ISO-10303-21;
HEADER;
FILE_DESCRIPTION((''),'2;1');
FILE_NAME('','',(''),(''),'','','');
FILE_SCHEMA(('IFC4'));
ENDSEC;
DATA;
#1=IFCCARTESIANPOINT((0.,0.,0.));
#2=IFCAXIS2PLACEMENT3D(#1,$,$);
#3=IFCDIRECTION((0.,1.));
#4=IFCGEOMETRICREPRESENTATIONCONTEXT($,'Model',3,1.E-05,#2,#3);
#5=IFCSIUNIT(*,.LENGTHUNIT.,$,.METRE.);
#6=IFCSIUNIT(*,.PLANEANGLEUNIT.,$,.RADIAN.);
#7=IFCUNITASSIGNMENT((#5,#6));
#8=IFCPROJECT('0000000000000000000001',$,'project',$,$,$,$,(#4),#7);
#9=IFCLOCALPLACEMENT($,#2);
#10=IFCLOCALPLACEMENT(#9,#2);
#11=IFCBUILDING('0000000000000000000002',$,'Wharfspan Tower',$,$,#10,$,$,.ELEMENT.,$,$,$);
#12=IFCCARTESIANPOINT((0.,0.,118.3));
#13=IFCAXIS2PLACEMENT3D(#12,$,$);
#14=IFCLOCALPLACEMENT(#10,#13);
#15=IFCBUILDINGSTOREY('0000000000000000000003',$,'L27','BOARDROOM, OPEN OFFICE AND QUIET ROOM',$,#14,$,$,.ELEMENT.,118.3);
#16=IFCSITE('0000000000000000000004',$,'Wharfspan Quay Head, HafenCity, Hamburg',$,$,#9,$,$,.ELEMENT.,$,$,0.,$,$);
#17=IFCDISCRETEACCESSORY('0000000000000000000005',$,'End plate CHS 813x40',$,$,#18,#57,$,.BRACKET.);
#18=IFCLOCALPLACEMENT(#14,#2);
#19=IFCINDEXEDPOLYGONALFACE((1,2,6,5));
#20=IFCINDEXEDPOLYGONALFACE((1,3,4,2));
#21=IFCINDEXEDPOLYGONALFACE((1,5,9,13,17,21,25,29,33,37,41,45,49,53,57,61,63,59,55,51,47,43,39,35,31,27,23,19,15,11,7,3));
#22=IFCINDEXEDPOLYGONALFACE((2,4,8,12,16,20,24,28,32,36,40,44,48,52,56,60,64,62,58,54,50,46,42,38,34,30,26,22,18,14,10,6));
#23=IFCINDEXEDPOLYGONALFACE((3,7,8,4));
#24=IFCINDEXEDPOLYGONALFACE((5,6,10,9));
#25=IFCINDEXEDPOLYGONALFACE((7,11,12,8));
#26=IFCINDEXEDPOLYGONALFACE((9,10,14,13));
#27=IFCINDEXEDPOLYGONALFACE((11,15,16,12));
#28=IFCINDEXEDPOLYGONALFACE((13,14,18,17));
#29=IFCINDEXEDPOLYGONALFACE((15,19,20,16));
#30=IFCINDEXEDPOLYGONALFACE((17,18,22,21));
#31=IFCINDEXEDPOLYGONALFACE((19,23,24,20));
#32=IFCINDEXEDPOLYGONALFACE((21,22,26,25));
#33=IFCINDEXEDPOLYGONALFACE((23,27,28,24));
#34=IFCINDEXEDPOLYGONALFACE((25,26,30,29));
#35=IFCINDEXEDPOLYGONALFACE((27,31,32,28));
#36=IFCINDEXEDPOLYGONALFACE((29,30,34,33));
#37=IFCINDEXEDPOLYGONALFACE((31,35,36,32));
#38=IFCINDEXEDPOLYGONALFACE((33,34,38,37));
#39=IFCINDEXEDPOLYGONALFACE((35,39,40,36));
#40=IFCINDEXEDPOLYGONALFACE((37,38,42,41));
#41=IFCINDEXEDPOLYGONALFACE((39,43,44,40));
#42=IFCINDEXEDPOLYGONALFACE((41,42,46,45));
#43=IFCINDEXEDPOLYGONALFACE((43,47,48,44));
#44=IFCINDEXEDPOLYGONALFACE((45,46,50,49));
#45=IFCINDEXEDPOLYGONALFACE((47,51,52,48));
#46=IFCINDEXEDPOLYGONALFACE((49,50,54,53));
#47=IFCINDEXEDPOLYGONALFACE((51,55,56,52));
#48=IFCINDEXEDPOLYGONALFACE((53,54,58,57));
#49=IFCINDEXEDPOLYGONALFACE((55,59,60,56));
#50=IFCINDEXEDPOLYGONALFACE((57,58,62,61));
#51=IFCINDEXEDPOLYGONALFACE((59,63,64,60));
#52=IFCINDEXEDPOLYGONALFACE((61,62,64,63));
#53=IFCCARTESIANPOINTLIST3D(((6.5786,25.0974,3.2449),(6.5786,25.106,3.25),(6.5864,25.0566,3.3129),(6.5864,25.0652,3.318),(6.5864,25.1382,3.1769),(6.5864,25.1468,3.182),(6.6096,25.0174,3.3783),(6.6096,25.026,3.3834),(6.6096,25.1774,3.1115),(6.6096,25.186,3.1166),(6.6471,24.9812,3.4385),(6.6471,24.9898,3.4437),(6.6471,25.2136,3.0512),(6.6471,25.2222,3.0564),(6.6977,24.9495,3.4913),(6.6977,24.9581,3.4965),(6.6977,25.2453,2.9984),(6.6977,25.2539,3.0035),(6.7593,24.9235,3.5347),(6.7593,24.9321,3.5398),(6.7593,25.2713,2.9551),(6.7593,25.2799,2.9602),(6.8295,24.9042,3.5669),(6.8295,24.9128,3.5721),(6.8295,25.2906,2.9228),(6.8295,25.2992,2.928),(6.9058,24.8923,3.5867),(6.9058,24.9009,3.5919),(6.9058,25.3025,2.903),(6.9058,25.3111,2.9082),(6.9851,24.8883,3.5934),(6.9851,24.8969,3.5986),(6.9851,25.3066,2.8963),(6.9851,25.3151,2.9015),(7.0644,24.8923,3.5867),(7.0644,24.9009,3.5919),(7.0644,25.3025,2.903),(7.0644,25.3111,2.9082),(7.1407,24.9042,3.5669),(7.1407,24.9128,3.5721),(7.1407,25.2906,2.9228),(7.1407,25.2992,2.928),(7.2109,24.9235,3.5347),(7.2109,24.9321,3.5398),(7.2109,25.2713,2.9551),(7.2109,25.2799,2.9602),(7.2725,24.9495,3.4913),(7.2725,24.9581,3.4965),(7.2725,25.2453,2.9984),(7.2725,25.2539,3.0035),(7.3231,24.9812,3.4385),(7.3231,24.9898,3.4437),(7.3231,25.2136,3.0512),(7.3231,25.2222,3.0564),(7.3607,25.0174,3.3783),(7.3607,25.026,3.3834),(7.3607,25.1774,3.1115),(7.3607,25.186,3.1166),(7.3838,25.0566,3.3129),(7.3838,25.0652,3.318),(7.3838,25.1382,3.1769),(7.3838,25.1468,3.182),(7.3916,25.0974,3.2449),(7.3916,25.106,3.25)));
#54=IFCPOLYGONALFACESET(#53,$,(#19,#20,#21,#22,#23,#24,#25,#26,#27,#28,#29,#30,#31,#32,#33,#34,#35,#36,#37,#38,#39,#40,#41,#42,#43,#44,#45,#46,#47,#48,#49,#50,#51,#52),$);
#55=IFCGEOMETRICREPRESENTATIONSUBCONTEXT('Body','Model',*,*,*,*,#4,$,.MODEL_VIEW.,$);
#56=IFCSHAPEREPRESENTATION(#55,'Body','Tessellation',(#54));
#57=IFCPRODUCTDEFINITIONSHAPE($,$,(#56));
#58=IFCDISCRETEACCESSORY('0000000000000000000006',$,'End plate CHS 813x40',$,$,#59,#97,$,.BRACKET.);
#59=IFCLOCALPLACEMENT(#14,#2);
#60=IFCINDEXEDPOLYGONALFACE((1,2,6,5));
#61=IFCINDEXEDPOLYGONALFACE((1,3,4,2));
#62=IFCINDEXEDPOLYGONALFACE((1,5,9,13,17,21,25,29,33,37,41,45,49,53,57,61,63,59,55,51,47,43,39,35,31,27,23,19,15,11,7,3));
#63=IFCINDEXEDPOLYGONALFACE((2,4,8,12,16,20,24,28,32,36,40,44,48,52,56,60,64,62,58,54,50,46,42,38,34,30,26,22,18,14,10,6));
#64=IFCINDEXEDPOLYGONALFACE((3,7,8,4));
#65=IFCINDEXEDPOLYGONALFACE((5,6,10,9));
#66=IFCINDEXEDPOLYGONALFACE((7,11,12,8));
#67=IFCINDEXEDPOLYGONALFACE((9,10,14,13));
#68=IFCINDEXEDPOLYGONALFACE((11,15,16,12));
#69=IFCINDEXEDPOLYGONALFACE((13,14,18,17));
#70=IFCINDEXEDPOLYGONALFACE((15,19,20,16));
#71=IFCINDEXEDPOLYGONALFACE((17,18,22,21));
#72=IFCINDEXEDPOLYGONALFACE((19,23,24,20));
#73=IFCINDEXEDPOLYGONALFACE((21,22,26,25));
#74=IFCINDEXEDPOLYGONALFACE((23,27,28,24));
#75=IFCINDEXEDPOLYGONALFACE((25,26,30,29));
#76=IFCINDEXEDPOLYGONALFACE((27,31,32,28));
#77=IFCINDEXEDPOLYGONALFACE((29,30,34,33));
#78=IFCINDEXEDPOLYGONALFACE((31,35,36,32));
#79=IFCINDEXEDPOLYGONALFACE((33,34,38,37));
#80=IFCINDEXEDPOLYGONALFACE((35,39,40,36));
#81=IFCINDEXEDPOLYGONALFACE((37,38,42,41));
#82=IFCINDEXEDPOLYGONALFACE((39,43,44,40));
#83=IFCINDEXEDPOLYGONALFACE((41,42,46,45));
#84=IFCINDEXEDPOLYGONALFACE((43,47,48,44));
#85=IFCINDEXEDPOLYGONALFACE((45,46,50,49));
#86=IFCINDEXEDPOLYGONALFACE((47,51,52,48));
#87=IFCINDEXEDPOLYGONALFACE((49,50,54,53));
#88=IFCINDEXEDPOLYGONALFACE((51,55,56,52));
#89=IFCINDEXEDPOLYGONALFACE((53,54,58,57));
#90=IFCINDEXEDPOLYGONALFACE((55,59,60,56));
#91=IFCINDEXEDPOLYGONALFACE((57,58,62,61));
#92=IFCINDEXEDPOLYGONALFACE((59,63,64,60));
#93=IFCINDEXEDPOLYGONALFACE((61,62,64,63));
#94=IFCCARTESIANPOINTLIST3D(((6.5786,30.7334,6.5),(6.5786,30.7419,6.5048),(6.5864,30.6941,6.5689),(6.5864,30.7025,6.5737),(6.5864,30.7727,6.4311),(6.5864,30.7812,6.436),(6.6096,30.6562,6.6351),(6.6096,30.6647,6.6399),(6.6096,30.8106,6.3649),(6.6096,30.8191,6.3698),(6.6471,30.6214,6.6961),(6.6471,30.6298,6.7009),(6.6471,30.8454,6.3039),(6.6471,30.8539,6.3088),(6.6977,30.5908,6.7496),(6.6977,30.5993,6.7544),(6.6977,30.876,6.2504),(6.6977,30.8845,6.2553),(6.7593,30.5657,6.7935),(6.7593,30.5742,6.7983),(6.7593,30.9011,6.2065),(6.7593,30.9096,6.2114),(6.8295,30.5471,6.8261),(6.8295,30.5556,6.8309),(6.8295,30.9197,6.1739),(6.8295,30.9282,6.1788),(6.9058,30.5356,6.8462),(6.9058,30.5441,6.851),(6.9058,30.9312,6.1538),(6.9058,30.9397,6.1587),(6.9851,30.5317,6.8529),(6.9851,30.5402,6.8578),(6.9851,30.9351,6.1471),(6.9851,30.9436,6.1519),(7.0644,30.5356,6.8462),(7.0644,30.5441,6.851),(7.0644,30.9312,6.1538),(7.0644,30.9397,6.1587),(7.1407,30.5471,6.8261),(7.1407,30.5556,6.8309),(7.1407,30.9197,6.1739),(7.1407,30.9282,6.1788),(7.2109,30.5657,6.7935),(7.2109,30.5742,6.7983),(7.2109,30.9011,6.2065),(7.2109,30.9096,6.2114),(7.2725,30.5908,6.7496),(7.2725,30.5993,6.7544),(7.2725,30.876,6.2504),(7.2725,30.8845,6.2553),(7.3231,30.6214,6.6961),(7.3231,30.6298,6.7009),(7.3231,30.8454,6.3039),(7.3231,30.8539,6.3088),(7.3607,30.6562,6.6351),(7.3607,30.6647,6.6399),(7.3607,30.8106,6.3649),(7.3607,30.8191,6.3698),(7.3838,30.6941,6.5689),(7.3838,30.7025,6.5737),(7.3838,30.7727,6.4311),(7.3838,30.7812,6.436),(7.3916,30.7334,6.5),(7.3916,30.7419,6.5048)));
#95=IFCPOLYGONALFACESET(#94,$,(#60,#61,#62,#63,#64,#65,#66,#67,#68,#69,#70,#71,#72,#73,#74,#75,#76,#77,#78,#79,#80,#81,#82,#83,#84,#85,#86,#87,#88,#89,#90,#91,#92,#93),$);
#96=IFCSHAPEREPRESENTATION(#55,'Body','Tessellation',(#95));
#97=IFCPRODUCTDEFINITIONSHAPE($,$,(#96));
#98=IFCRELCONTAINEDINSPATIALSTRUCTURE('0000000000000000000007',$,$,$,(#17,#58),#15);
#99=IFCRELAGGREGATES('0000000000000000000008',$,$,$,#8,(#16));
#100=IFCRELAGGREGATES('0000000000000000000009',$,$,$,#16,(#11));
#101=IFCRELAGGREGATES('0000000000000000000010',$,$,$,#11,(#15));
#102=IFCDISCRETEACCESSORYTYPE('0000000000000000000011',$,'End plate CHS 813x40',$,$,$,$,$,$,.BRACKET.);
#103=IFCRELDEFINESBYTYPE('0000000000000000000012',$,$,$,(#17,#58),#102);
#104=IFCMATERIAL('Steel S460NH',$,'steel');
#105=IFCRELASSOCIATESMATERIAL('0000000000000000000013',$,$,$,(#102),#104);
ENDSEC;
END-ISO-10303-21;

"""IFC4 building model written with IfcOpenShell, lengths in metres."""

from ifc_helpers import new_model, si_unit, direction, frame, origin, origin_2d, place, context, subcontext, project, spatial, circle, extrude, material, material_profile, profile_set, type_object, element, save


model = new_model("IFC4")

# Units and contexts
model_context = context("Model", 3, precision=1e-05, world=origin(), true_north=direction((0.0, 1.0)))
body_context = subcontext(model_context, "Body", "Model", "MODEL_VIEW")
ifc_project = project(units=[si_unit("LENGTHUNIT", "METRE"), si_unit("PLANEANGLEUNIT", "RADIAN")], contexts=[model_context])

# Site, building, storey
site_placement = place(None, origin())
site = spatial("IfcSite", under=ifc_project, at=site_placement, Name="Wharfspan Quay Head, HafenCity, Hamburg", CompositionType="ELEMENT", RefElevation=0.0)
building_placement = place(site_placement, origin())
building = spatial("IfcBuilding", under=site, at=building_placement, Name="Wharfspan Tower", CompositionType="ELEMENT")
storey_placement = place(building_placement, frame((0.0, 0.0, 118.3)))
storey = spatial("IfcBuildingStorey", under=building, at=storey_placement, Name="L27", Description="BOARDROOM, OPEN OFFICE AND QUIET ROOM", CompositionType="ELEMENT", Elevation=118.3)

# Shared definitions
ifc_material_1 = material(Name="Steel S460NH", Category="steel")

# Discrete accessories
ifc_material_profile_1 = material_profile(ifc_material_1, circle(Radius=0.4065, at=origin_2d()))
ifc_profile_set_1 = profile_set([ifc_material_profile_1], Name="Steel S460NH")
discrete_accessory_type = type_object("IfcDiscreteAccessoryType", Name="End plate CHS 813x40", PredefinedType="BRACKET", material=ifc_profile_set_1)
for number, where, z_axis, x_axis, name in (
    (1, (6.9851, 25.0974, 3.2449), (0.0, 0.857493, 0.514496), (-1.0, 0.0, 0.0), "End plate CHS 813x40"),
):
    element("IfcDiscreteAccessory", number, at=place(storey_placement, frame(where, z_axis=z_axis, x_axis=x_axis)), inside=storey, type_object=discrete_accessory_type, Name=name, PredefinedType="BRACKET", context=body_context, shape_type="SweptSolid", body=[
        extrude(circle(Radius=0.4065, at=origin_2d()), origin(), (0.0, 0.0, 1.0), 0.01),
    ])
discrete_accessory_placement = place(storey_placement, frame((6.9851, 30.7334, 6.5), z_axis=(0.0, 0.868243, 0.496139), x_axis=(-1.0, 0.0, 0.0)))
element("IfcDiscreteAccessory", 2, at=discrete_accessory_placement, inside=storey, type_object=discrete_accessory_type, Name="End plate CHS 813x40", PredefinedType="BRACKET", context=body_context, shape_type="SweptSolid", body=[
    extrude(circle(Radius=0.4065, at=origin_2d()), origin(), (0.0, 0.0, 1.0), 0.0098),
])

save(model, "model.ifc")
